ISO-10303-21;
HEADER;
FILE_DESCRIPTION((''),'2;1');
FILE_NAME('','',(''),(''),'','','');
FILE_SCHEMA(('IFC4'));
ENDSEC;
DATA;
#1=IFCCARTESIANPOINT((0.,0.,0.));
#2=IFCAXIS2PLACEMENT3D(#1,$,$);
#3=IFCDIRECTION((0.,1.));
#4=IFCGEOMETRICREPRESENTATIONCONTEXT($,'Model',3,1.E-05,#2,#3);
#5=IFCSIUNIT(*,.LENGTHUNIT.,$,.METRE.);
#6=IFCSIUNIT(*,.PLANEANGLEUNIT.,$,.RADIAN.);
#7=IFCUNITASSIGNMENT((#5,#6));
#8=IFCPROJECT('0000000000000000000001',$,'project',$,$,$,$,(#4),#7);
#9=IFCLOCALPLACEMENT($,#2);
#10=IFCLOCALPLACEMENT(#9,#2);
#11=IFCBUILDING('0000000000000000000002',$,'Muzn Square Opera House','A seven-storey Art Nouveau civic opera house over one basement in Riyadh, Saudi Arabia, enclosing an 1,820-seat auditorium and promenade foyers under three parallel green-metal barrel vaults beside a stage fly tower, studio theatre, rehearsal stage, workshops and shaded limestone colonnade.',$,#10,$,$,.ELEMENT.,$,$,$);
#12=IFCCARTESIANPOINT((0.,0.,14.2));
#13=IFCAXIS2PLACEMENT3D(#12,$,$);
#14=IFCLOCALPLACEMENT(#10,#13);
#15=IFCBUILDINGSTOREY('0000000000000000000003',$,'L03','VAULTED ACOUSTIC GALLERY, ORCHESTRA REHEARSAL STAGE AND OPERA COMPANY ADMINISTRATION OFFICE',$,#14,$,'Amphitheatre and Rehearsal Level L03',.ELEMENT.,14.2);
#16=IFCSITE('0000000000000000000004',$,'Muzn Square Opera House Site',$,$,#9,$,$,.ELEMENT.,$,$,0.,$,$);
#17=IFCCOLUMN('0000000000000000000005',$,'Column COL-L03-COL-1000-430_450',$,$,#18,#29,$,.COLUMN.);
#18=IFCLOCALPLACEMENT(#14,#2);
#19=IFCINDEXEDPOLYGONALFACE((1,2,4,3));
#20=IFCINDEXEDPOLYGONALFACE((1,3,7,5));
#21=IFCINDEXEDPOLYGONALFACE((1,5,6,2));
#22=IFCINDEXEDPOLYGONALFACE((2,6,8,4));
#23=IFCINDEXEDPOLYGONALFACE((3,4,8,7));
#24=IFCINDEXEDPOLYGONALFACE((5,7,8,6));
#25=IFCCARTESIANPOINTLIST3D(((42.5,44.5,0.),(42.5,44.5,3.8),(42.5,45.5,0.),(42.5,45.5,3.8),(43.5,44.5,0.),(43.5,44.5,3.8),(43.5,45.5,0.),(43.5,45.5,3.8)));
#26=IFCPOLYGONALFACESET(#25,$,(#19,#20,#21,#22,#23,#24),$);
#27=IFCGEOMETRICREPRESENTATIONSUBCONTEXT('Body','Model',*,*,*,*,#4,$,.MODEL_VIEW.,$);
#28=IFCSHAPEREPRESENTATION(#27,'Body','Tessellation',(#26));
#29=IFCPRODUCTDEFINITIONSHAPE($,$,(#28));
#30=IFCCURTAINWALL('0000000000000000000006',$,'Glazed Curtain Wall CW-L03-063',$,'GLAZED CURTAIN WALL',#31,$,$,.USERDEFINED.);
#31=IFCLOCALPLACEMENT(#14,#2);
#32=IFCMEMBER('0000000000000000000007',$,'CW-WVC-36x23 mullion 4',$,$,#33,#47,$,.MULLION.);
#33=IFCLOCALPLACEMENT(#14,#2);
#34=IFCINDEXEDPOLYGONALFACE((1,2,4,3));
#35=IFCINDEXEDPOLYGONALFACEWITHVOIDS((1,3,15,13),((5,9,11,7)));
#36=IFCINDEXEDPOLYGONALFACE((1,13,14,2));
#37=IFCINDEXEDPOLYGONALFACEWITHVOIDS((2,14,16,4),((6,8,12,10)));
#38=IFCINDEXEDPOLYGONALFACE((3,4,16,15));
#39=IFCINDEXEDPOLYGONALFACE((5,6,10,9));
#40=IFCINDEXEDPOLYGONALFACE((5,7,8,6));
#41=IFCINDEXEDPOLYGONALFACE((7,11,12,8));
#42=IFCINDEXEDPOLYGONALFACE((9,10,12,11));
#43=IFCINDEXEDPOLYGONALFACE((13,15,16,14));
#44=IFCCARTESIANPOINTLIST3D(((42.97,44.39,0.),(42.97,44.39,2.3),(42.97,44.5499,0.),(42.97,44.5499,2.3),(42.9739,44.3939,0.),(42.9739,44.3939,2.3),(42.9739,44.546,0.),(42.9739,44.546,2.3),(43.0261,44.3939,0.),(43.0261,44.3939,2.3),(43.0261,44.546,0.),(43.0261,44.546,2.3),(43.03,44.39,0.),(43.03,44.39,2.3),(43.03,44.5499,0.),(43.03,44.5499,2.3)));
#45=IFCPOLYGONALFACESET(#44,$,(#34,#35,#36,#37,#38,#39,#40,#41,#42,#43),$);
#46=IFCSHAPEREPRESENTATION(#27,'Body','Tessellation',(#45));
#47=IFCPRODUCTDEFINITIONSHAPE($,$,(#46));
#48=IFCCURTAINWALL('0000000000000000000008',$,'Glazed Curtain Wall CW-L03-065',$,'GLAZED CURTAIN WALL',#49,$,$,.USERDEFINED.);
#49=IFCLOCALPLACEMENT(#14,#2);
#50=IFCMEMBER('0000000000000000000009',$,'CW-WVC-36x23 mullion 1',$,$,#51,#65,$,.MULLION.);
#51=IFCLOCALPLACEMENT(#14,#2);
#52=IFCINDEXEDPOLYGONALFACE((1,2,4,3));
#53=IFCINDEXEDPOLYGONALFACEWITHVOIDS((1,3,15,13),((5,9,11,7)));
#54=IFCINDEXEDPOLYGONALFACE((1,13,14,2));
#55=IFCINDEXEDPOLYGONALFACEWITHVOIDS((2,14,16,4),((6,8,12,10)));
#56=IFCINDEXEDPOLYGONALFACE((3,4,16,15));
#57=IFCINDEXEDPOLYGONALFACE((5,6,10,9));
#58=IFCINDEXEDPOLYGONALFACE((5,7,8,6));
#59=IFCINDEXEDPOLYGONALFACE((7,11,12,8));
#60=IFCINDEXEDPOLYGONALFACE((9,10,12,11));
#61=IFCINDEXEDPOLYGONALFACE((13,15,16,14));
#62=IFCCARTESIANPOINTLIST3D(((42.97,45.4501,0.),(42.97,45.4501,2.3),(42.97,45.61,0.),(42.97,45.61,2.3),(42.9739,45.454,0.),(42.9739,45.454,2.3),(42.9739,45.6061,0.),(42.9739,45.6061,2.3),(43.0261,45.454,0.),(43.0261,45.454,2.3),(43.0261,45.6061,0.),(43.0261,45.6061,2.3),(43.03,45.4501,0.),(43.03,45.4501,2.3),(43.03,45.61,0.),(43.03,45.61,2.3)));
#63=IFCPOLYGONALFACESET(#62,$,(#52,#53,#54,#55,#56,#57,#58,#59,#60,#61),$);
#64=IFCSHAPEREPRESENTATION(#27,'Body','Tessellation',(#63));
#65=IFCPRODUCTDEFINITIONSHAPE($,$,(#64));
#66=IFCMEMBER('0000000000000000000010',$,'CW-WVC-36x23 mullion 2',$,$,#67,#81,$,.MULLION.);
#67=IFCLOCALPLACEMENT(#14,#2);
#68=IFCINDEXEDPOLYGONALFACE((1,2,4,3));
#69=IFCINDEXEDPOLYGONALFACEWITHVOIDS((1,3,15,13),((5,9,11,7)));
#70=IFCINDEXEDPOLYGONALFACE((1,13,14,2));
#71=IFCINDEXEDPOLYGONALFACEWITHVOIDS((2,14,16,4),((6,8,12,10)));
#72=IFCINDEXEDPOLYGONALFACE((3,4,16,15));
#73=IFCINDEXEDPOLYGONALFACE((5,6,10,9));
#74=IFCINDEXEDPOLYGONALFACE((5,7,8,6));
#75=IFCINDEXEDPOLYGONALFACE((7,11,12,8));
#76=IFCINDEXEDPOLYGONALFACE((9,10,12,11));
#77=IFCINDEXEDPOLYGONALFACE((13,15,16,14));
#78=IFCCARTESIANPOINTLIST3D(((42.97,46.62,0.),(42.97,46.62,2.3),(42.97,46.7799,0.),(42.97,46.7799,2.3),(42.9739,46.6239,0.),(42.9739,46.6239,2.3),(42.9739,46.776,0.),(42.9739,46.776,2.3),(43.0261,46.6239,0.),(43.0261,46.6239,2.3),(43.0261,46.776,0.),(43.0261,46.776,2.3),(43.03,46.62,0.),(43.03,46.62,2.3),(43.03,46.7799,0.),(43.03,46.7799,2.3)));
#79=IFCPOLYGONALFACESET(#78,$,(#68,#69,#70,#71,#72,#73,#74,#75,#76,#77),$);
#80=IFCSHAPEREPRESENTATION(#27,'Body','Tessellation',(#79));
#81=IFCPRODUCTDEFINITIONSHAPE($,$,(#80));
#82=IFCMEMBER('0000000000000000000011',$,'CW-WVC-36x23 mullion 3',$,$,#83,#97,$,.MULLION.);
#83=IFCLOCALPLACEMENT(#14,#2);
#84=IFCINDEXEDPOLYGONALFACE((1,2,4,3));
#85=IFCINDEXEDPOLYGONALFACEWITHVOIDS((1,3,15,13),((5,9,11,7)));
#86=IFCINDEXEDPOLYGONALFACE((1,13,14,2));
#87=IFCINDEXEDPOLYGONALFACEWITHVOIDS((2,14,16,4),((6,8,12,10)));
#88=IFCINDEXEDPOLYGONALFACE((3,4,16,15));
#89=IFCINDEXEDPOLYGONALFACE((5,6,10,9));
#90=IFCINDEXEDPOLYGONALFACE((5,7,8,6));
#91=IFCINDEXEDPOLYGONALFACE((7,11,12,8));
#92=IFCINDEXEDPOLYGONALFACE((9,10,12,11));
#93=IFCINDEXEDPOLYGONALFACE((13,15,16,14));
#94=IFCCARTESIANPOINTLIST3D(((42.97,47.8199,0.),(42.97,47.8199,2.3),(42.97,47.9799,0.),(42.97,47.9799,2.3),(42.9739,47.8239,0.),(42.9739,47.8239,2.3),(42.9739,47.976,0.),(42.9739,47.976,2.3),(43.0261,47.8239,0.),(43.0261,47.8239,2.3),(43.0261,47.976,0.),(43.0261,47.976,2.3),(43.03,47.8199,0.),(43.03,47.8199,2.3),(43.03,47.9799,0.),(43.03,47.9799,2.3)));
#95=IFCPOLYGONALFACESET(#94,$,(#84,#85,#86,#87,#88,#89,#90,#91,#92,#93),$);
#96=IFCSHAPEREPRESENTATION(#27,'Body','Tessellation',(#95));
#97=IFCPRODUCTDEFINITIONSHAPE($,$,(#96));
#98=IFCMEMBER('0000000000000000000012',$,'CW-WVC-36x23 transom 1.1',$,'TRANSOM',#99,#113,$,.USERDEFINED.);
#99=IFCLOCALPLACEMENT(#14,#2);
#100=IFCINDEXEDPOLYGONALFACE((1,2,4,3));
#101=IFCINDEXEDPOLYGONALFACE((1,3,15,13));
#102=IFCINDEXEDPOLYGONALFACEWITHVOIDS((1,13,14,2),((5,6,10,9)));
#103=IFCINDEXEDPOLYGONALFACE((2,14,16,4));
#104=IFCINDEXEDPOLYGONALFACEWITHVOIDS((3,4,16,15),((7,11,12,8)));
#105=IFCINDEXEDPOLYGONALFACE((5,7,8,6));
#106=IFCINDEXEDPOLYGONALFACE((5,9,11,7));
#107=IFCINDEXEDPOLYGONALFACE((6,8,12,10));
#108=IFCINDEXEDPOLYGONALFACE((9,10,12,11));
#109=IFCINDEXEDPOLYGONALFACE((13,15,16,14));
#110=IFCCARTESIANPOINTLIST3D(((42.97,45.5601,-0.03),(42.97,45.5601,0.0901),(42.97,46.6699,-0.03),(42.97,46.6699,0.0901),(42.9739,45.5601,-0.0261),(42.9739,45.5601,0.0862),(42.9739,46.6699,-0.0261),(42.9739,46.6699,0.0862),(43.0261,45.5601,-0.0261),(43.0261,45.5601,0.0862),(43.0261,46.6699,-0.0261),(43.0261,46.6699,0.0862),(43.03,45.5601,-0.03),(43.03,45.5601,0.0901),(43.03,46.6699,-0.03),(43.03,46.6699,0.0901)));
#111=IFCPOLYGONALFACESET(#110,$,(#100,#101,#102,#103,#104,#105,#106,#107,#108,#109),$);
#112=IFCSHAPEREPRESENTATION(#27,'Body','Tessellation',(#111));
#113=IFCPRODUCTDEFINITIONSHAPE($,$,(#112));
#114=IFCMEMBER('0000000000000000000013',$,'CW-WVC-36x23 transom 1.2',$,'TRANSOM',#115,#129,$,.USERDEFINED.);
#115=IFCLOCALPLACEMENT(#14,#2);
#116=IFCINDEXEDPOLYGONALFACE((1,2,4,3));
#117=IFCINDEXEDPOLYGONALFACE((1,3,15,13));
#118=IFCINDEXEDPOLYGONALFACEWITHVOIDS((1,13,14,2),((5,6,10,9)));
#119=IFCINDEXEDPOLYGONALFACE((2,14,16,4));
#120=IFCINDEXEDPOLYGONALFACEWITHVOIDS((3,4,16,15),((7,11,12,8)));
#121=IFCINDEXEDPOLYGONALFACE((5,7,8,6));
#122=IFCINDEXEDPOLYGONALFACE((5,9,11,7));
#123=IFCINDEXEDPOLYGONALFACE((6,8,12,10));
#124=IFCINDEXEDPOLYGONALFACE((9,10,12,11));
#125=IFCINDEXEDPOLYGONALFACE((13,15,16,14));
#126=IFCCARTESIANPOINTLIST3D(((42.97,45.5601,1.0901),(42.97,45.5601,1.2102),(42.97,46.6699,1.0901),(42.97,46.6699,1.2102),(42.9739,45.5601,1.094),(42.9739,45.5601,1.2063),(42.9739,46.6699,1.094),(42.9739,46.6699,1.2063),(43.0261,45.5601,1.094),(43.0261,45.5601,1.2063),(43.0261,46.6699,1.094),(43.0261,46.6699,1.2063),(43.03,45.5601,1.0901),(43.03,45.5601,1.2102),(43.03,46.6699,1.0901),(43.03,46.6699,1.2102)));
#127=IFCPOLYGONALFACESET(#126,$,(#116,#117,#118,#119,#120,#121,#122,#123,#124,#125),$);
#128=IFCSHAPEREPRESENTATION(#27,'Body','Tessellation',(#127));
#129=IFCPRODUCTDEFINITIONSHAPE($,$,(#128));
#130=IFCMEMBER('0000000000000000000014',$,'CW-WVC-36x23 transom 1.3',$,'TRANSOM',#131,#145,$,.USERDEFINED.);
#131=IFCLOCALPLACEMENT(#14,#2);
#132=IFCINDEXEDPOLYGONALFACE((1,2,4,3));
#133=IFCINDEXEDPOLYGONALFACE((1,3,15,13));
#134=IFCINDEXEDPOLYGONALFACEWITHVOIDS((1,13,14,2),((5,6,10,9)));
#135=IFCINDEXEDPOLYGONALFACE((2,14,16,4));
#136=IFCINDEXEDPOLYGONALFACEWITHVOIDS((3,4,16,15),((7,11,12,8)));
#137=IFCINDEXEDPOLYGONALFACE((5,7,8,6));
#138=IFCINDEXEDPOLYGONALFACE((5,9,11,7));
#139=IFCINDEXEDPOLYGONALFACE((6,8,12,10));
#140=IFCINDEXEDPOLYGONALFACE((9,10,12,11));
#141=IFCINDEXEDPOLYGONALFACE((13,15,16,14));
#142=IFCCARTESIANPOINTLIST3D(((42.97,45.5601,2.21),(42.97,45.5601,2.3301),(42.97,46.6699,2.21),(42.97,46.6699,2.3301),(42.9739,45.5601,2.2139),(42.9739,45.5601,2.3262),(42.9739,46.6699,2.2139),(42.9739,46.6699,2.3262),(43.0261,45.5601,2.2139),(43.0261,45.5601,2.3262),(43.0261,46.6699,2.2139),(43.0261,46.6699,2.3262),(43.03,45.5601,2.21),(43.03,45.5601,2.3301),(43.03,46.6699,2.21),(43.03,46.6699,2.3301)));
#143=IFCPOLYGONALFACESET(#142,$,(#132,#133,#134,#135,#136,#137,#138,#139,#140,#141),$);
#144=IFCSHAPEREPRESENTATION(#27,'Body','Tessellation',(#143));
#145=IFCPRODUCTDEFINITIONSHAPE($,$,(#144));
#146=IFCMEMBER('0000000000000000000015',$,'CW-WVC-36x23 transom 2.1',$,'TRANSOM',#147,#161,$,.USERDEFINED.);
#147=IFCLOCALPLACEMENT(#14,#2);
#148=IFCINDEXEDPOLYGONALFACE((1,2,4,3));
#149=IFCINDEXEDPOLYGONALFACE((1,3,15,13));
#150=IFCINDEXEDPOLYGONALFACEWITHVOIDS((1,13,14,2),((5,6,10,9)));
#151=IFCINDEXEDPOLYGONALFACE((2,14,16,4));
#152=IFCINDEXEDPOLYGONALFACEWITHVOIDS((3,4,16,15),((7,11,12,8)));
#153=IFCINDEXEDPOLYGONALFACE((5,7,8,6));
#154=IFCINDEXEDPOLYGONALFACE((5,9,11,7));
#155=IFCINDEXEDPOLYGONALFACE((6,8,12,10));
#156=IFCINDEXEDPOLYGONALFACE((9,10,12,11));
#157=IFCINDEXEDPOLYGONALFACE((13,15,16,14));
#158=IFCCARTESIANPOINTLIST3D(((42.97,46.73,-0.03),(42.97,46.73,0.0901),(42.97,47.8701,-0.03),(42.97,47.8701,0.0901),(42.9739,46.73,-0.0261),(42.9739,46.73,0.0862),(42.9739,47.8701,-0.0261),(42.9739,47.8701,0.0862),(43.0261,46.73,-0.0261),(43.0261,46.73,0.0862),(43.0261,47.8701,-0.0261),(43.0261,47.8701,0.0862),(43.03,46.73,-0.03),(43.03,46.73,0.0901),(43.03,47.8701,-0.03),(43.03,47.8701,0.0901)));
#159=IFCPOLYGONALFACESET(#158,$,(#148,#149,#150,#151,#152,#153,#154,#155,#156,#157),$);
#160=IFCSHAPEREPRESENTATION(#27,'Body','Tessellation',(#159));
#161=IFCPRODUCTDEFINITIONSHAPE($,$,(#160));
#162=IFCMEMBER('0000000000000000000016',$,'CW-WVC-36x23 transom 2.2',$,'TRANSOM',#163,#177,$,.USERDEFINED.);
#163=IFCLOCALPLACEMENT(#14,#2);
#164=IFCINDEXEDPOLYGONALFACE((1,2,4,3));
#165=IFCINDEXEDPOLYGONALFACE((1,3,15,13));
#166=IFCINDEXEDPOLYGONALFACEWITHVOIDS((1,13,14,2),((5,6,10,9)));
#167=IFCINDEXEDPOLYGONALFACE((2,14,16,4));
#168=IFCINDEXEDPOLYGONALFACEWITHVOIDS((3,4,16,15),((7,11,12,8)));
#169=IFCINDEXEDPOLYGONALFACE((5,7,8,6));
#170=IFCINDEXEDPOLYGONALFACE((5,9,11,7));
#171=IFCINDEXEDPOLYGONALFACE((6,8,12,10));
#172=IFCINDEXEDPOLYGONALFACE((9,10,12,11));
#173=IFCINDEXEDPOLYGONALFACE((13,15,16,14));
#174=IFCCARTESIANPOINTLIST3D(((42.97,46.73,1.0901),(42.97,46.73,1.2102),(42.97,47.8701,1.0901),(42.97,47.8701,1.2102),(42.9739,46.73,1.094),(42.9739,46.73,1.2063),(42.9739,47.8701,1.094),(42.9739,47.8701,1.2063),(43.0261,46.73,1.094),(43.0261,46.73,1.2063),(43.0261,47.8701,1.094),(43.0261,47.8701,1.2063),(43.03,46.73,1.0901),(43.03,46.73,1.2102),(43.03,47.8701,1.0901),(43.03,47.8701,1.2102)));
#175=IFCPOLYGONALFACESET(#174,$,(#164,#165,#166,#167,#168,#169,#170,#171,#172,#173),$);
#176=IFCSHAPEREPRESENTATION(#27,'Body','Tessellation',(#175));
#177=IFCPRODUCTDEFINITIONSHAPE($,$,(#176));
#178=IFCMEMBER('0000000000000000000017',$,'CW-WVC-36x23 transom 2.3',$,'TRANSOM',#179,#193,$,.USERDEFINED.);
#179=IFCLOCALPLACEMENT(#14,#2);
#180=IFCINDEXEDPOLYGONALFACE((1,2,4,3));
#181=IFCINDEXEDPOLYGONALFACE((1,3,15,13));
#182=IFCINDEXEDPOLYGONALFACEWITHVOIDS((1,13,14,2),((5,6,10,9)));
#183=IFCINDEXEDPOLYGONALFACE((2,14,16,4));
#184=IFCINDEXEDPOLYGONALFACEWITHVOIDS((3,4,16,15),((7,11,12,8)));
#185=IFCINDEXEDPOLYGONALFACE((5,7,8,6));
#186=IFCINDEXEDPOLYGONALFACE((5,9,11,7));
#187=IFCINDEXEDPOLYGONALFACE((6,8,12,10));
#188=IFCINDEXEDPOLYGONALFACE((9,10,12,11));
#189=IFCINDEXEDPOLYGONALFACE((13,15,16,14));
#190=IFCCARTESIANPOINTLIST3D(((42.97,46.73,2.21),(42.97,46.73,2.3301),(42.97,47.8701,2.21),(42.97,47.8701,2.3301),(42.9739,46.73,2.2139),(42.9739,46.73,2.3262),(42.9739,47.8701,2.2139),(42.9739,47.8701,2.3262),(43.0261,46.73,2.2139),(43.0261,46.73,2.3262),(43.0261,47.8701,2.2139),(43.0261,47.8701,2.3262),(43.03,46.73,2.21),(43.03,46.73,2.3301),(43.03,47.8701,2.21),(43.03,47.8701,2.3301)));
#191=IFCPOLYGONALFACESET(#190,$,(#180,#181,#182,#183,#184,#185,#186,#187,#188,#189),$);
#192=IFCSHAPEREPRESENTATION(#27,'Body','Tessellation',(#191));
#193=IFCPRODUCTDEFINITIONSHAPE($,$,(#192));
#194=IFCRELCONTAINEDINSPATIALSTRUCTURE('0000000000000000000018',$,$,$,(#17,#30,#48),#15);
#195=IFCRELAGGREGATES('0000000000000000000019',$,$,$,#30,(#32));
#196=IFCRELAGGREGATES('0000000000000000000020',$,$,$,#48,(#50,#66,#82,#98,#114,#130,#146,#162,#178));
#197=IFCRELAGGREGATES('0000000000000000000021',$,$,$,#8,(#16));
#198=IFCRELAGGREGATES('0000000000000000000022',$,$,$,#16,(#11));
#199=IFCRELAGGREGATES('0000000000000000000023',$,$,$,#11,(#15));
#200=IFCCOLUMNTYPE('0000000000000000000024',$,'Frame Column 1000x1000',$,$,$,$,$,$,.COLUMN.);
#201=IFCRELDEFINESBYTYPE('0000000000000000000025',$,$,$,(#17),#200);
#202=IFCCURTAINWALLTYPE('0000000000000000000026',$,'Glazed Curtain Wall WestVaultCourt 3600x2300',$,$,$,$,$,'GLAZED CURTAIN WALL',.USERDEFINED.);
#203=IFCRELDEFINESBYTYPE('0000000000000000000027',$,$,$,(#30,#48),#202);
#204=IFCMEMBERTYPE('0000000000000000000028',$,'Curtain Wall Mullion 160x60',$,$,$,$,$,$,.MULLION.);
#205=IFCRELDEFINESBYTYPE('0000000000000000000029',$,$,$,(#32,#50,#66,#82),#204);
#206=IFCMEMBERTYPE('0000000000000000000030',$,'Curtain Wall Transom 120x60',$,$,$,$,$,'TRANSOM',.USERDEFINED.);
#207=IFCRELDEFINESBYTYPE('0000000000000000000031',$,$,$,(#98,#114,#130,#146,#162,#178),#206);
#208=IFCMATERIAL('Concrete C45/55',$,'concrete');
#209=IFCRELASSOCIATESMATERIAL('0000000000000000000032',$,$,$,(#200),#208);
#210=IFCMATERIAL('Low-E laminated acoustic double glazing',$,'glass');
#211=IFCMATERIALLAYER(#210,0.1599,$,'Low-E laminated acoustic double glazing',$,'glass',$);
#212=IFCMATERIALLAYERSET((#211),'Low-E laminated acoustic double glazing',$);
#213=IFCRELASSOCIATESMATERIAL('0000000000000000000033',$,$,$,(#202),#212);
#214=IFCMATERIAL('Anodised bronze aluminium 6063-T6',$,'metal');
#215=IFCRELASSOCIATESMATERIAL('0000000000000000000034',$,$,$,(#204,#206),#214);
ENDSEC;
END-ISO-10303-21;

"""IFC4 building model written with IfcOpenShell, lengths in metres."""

from ifc_helpers import new_model, si_unit, direction, frame, origin, origin_2d, place, context, subcontext, project, spatial, rectangle, hollow_rectangle, extrude, material, layer, layer_set, material_profile, profile_set, type_object, element, aggregate, save


model = new_model("IFC4")

# Units and contexts
model_context = context("Model", 3, precision=1e-05, world=origin(), true_north=direction((0.0, 1.0)))
body_context = subcontext(model_context, "Body", "Model", "MODEL_VIEW")
ifc_project = project(units=[si_unit("LENGTHUNIT", "METRE"), si_unit("PLANEANGLEUNIT", "RADIAN")], contexts=[model_context])

# Site, building, storey
site_placement = place(None, origin())
site = spatial("IfcSite", under=ifc_project, at=site_placement, Name="Muzn Square Opera House Site", CompositionType="ELEMENT", RefElevation=0.0)
building_placement = place(site_placement, origin())
building = spatial("IfcBuilding", under=site, at=building_placement, Name="Muzn Square Opera House", Description="A seven-storey Art Nouveau civic opera house over one basement in Riyadh, Saudi Arabia, enclosing an 1,820-seat auditorium and promenade foyers under three parallel green-metal barrel vaults beside a stage fly tower, studio theatre, rehearsal stage, workshops and shaded limestone colonnade.", CompositionType="ELEMENT")
storey_placement = place(building_placement, frame((0.0, 0.0, 14.2)))
storey = spatial("IfcBuildingStorey", under=building, at=storey_placement, Name="L03", Description="VAULTED ACOUSTIC GALLERY, ORCHESTRA REHEARSAL STAGE AND OPERA COMPANY ADMINISTRATION OFFICE", LongName="Amphitheatre and Rehearsal Level L03", CompositionType="ELEMENT", Elevation=14.2)

# Column
ifc_material_1 = material(Name="Concrete C45/55", Category="concrete")
ifc_material_profile_1 = material_profile(ifc_material_1, rectangle(XDim=1.0, YDim=1.0, at=origin_2d()), Name="RC 1000x1000", Category="concrete")
ifc_profile_set_1 = profile_set([ifc_material_profile_1], Name="Concrete C45/55")
column_type = type_object("IfcColumnType", Name="Frame Column 1000x1000", PredefinedType="COLUMN", material=ifc_profile_set_1)
column_placement = place(storey_placement, frame((43.0, 45.0, 0.0), z_axis=(0.0, 0.0, 1.0), x_axis=(1.0, 0.0, 0.0)))
element("IfcColumn", 1, at=column_placement, inside=storey, type_object=column_type, Name="Column COL-L03-COL-1000-430_450", PredefinedType="COLUMN", context=body_context, shape_type="SweptSolid", body=[
    extrude(rectangle(XDim=1.0, YDim=1.0, at=origin_2d()), origin(), (0.0, 0.0, 1.0), 3.8),
])

# Curtain wall, member
ifc_material_2 = material(Name="Low-E laminated acoustic double glazing", Category="glass")
ifc_layer_1 = layer(ifc_material_2, 0.1599, Name="Low-E laminated acoustic double glazing", Category="glass")
ifc_layer_set_1 = layer_set([ifc_layer_1], Name="Low-E laminated acoustic double glazing")
curtain_wall_type = type_object("IfcCurtainWallType", Name="Glazed Curtain Wall WestVaultCourt 3600x2300", ElementType="GLAZED CURTAIN WALL", PredefinedType="USERDEFINED", material=ifc_layer_set_1)
curtain_wall_1_placement = place(storey_placement, origin())
curtain_wall_1 = element("IfcCurtainWall", 2, at=curtain_wall_1_placement, inside=storey, type_object=curtain_wall_type, Name="Glazed Curtain Wall CW-L03-063", ObjectType="GLAZED CURTAIN WALL", PredefinedType="USERDEFINED")
ifc_material_3 = material(Name="Anodised bronze aluminium 6063-T6", Category="metal")
ifc_material_profile_2 = material_profile(ifc_material_3, hollow_rectangle(XDim=0.0601, YDim=0.1599, WallThickness=0.0039, at=origin_2d()), Name="ALU 160x60x4", Category="metal")
ifc_profile_set_2 = profile_set([ifc_material_profile_2], Name="Anodised bronze aluminium 6063-T6")
member_type_1 = type_object("IfcMemberType", Name="Curtain Wall Mullion 160x60", PredefinedType="MULLION", material=ifc_profile_set_2)
member_1_placement = place(storey_placement, frame((43.0, 44.47, 0.0), z_axis=(0.0, 0.0, 1.0), x_axis=(-1.0, 0.0, 0.0)))
member_1 = element("IfcMember", 3, at=member_1_placement, type_object=member_type_1, Name="CW-WVC-36x23 mullion 4", PredefinedType="MULLION", context=body_context, shape_type="SweptSolid", body=[
    extrude(hollow_rectangle(XDim=0.0601, YDim=0.1599, WallThickness=0.0039, at=origin_2d()), origin(), (0.0, 0.0, 1.0), 2.3),
])

# Curtain wall, members
curtain_wall_2_placement = place(storey_placement, origin())
curtain_wall_2 = element("IfcCurtainWall", 4, at=curtain_wall_2_placement, inside=storey, type_object=curtain_wall_type, Name="Glazed Curtain Wall CW-L03-065", ObjectType="GLAZED CURTAIN WALL", PredefinedType="USERDEFINED")
member_2_placement = place(storey_placement, frame((43.0, 45.53, 0.0), z_axis=(0.0, 0.0, 1.0), x_axis=(-1.0, 0.0, 0.0)))
member_2 = element("IfcMember", 5, at=member_2_placement, type_object=member_type_1, Name="CW-WVC-36x23 mullion 1", PredefinedType="MULLION", context=body_context, shape_type="SweptSolid", body=[
    extrude(hollow_rectangle(XDim=0.0601, YDim=0.1599, WallThickness=0.0039, at=origin_2d()), origin(), (0.0, 0.0, 1.0), 2.3),
])
member_3_placement = place(storey_placement, frame((43.0, 46.7, 0.0), z_axis=(0.0, 0.0, 1.0), x_axis=(-1.0, 0.0, 0.0)))
member_3 = element("IfcMember", 6, at=member_3_placement, type_object=member_type_1, Name="CW-WVC-36x23 mullion 2", PredefinedType="MULLION", context=body_context, shape_type="SweptSolid", body=[
    extrude(hollow_rectangle(XDim=0.0601, YDim=0.1599, WallThickness=0.0039, at=origin_2d()), origin(), (0.0, 0.0, 1.0), 2.3),
])
member_4_placement = place(storey_placement, frame((43.0, 47.8999, 0.0), z_axis=(0.0, 0.0, 1.0), x_axis=(-1.0, 0.0, 0.0)))
member_4 = element("IfcMember", 7, at=member_4_placement, type_object=member_type_1, Name="CW-WVC-36x23 mullion 3", PredefinedType="MULLION", context=body_context, shape_type="SweptSolid", body=[
    extrude(hollow_rectangle(XDim=0.0601, YDim=0.1599, WallThickness=0.0039, at=origin_2d()), origin(), (0.0, 0.0, 1.0), 2.3),
])
ifc_material_profile_3 = material_profile(ifc_material_3, hollow_rectangle(XDim=0.0601, YDim=0.1201, WallThickness=0.0039, at=origin_2d()), Name="ALU 120x60x4", Category="metal")
ifc_profile_set_3 = profile_set([ifc_material_profile_3], Name="Anodised bronze aluminium 6063-T6")
member_type_2 = type_object("IfcMemberType", Name="Curtain Wall Transom 120x60", ElementType="TRANSOM", PredefinedType="USERDEFINED", material=ifc_profile_set_3)
member_5_placement = place(storey_placement, frame((43.0, 45.5601, 0.03), z_axis=(0.0, 1.0, 0.0), x_axis=(-1.0, 0.0, 0.0)))
member_5 = element("IfcMember", 8, at=member_5_placement, type_object=member_type_2, Name="CW-WVC-36x23 transom 1.1", ObjectType="TRANSOM", PredefinedType="USERDEFINED", context=body_context, shape_type="SweptSolid", body=[
    extrude(hollow_rectangle(XDim=0.0601, YDim=0.1201, WallThickness=0.0039, at=origin_2d()), origin(), (0.0, 0.0, 1.0), 1.1099),
])
member_6_placement = place(storey_placement, frame((43.0, 45.5601, 1.1501), z_axis=(0.0, 1.0, 0.0), x_axis=(-1.0, 0.0, 0.0)))
member_6 = element("IfcMember", 9, at=member_6_placement, type_object=member_type_2, Name="CW-WVC-36x23 transom 1.2", ObjectType="TRANSOM", PredefinedType="USERDEFINED", context=body_context, shape_type="SweptSolid", body=[
    extrude(hollow_rectangle(XDim=0.0601, YDim=0.1201, WallThickness=0.0039, at=origin_2d()), origin(), (0.0, 0.0, 1.0), 1.1099),
])
member_7_placement = place(storey_placement, frame((43.0, 45.5601, 2.27), z_axis=(0.0, 1.0, 0.0), x_axis=(-1.0, 0.0, 0.0)))
member_7 = element("IfcMember", 10, at=member_7_placement, type_object=member_type_2, Name="CW-WVC-36x23 transom 1.3", ObjectType="TRANSOM", PredefinedType="USERDEFINED", context=body_context, shape_type="SweptSolid", body=[
    extrude(hollow_rectangle(XDim=0.0601, YDim=0.1201, WallThickness=0.0039, at=origin_2d()), origin(), (0.0, 0.0, 1.0), 1.1099),
])
member_8_placement = place(storey_placement, frame((43.0, 46.73, 0.03), z_axis=(0.0, 1.0, 0.0), x_axis=(-1.0, 0.0, 0.0)))
member_8 = element("IfcMember", 11, at=member_8_placement, type_object=member_type_2, Name="CW-WVC-36x23 transom 2.1", ObjectType="TRANSOM", PredefinedType="USERDEFINED", context=body_context, shape_type="SweptSolid", body=[
    extrude(hollow_rectangle(XDim=0.0601, YDim=0.1201, WallThickness=0.0039, at=origin_2d()), origin(), (0.0, 0.0, 1.0), 1.1401),
])
member_9_placement = place(storey_placement, frame((43.0, 46.73, 1.1501), z_axis=(0.0, 1.0, 0.0), x_axis=(-1.0, 0.0, 0.0)))
member_9 = element("IfcMember", 12, at=member_9_placement, type_object=member_type_2, Name="CW-WVC-36x23 transom 2.2", ObjectType="TRANSOM", PredefinedType="USERDEFINED", context=body_context, shape_type="SweptSolid", body=[
    extrude(hollow_rectangle(XDim=0.0601, YDim=0.1201, WallThickness=0.0039, at=origin_2d()), origin(), (0.0, 0.0, 1.0), 1.1401),
])
member_10_placement = place(storey_placement, frame((43.0, 46.73, 2.27), z_axis=(0.0, 1.0, 0.0), x_axis=(-1.0, 0.0, 0.0)))
member_10 = element("IfcMember", 13, at=member_10_placement, type_object=member_type_2, Name="CW-WVC-36x23 transom 2.3", ObjectType="TRANSOM", PredefinedType="USERDEFINED", context=body_context, shape_type="SweptSolid", body=[
    extrude(hollow_rectangle(XDim=0.0601, YDim=0.1201, WallThickness=0.0039, at=origin_2d()), origin(), (0.0, 0.0, 1.0), 1.1401),
])

aggregate(curtain_wall_1, [member_1])
aggregate(curtain_wall_2, [member_2, member_3, member_4, member_5, member_6, member_7, member_8, member_9, member_10])

save(model, "model.ifc")
